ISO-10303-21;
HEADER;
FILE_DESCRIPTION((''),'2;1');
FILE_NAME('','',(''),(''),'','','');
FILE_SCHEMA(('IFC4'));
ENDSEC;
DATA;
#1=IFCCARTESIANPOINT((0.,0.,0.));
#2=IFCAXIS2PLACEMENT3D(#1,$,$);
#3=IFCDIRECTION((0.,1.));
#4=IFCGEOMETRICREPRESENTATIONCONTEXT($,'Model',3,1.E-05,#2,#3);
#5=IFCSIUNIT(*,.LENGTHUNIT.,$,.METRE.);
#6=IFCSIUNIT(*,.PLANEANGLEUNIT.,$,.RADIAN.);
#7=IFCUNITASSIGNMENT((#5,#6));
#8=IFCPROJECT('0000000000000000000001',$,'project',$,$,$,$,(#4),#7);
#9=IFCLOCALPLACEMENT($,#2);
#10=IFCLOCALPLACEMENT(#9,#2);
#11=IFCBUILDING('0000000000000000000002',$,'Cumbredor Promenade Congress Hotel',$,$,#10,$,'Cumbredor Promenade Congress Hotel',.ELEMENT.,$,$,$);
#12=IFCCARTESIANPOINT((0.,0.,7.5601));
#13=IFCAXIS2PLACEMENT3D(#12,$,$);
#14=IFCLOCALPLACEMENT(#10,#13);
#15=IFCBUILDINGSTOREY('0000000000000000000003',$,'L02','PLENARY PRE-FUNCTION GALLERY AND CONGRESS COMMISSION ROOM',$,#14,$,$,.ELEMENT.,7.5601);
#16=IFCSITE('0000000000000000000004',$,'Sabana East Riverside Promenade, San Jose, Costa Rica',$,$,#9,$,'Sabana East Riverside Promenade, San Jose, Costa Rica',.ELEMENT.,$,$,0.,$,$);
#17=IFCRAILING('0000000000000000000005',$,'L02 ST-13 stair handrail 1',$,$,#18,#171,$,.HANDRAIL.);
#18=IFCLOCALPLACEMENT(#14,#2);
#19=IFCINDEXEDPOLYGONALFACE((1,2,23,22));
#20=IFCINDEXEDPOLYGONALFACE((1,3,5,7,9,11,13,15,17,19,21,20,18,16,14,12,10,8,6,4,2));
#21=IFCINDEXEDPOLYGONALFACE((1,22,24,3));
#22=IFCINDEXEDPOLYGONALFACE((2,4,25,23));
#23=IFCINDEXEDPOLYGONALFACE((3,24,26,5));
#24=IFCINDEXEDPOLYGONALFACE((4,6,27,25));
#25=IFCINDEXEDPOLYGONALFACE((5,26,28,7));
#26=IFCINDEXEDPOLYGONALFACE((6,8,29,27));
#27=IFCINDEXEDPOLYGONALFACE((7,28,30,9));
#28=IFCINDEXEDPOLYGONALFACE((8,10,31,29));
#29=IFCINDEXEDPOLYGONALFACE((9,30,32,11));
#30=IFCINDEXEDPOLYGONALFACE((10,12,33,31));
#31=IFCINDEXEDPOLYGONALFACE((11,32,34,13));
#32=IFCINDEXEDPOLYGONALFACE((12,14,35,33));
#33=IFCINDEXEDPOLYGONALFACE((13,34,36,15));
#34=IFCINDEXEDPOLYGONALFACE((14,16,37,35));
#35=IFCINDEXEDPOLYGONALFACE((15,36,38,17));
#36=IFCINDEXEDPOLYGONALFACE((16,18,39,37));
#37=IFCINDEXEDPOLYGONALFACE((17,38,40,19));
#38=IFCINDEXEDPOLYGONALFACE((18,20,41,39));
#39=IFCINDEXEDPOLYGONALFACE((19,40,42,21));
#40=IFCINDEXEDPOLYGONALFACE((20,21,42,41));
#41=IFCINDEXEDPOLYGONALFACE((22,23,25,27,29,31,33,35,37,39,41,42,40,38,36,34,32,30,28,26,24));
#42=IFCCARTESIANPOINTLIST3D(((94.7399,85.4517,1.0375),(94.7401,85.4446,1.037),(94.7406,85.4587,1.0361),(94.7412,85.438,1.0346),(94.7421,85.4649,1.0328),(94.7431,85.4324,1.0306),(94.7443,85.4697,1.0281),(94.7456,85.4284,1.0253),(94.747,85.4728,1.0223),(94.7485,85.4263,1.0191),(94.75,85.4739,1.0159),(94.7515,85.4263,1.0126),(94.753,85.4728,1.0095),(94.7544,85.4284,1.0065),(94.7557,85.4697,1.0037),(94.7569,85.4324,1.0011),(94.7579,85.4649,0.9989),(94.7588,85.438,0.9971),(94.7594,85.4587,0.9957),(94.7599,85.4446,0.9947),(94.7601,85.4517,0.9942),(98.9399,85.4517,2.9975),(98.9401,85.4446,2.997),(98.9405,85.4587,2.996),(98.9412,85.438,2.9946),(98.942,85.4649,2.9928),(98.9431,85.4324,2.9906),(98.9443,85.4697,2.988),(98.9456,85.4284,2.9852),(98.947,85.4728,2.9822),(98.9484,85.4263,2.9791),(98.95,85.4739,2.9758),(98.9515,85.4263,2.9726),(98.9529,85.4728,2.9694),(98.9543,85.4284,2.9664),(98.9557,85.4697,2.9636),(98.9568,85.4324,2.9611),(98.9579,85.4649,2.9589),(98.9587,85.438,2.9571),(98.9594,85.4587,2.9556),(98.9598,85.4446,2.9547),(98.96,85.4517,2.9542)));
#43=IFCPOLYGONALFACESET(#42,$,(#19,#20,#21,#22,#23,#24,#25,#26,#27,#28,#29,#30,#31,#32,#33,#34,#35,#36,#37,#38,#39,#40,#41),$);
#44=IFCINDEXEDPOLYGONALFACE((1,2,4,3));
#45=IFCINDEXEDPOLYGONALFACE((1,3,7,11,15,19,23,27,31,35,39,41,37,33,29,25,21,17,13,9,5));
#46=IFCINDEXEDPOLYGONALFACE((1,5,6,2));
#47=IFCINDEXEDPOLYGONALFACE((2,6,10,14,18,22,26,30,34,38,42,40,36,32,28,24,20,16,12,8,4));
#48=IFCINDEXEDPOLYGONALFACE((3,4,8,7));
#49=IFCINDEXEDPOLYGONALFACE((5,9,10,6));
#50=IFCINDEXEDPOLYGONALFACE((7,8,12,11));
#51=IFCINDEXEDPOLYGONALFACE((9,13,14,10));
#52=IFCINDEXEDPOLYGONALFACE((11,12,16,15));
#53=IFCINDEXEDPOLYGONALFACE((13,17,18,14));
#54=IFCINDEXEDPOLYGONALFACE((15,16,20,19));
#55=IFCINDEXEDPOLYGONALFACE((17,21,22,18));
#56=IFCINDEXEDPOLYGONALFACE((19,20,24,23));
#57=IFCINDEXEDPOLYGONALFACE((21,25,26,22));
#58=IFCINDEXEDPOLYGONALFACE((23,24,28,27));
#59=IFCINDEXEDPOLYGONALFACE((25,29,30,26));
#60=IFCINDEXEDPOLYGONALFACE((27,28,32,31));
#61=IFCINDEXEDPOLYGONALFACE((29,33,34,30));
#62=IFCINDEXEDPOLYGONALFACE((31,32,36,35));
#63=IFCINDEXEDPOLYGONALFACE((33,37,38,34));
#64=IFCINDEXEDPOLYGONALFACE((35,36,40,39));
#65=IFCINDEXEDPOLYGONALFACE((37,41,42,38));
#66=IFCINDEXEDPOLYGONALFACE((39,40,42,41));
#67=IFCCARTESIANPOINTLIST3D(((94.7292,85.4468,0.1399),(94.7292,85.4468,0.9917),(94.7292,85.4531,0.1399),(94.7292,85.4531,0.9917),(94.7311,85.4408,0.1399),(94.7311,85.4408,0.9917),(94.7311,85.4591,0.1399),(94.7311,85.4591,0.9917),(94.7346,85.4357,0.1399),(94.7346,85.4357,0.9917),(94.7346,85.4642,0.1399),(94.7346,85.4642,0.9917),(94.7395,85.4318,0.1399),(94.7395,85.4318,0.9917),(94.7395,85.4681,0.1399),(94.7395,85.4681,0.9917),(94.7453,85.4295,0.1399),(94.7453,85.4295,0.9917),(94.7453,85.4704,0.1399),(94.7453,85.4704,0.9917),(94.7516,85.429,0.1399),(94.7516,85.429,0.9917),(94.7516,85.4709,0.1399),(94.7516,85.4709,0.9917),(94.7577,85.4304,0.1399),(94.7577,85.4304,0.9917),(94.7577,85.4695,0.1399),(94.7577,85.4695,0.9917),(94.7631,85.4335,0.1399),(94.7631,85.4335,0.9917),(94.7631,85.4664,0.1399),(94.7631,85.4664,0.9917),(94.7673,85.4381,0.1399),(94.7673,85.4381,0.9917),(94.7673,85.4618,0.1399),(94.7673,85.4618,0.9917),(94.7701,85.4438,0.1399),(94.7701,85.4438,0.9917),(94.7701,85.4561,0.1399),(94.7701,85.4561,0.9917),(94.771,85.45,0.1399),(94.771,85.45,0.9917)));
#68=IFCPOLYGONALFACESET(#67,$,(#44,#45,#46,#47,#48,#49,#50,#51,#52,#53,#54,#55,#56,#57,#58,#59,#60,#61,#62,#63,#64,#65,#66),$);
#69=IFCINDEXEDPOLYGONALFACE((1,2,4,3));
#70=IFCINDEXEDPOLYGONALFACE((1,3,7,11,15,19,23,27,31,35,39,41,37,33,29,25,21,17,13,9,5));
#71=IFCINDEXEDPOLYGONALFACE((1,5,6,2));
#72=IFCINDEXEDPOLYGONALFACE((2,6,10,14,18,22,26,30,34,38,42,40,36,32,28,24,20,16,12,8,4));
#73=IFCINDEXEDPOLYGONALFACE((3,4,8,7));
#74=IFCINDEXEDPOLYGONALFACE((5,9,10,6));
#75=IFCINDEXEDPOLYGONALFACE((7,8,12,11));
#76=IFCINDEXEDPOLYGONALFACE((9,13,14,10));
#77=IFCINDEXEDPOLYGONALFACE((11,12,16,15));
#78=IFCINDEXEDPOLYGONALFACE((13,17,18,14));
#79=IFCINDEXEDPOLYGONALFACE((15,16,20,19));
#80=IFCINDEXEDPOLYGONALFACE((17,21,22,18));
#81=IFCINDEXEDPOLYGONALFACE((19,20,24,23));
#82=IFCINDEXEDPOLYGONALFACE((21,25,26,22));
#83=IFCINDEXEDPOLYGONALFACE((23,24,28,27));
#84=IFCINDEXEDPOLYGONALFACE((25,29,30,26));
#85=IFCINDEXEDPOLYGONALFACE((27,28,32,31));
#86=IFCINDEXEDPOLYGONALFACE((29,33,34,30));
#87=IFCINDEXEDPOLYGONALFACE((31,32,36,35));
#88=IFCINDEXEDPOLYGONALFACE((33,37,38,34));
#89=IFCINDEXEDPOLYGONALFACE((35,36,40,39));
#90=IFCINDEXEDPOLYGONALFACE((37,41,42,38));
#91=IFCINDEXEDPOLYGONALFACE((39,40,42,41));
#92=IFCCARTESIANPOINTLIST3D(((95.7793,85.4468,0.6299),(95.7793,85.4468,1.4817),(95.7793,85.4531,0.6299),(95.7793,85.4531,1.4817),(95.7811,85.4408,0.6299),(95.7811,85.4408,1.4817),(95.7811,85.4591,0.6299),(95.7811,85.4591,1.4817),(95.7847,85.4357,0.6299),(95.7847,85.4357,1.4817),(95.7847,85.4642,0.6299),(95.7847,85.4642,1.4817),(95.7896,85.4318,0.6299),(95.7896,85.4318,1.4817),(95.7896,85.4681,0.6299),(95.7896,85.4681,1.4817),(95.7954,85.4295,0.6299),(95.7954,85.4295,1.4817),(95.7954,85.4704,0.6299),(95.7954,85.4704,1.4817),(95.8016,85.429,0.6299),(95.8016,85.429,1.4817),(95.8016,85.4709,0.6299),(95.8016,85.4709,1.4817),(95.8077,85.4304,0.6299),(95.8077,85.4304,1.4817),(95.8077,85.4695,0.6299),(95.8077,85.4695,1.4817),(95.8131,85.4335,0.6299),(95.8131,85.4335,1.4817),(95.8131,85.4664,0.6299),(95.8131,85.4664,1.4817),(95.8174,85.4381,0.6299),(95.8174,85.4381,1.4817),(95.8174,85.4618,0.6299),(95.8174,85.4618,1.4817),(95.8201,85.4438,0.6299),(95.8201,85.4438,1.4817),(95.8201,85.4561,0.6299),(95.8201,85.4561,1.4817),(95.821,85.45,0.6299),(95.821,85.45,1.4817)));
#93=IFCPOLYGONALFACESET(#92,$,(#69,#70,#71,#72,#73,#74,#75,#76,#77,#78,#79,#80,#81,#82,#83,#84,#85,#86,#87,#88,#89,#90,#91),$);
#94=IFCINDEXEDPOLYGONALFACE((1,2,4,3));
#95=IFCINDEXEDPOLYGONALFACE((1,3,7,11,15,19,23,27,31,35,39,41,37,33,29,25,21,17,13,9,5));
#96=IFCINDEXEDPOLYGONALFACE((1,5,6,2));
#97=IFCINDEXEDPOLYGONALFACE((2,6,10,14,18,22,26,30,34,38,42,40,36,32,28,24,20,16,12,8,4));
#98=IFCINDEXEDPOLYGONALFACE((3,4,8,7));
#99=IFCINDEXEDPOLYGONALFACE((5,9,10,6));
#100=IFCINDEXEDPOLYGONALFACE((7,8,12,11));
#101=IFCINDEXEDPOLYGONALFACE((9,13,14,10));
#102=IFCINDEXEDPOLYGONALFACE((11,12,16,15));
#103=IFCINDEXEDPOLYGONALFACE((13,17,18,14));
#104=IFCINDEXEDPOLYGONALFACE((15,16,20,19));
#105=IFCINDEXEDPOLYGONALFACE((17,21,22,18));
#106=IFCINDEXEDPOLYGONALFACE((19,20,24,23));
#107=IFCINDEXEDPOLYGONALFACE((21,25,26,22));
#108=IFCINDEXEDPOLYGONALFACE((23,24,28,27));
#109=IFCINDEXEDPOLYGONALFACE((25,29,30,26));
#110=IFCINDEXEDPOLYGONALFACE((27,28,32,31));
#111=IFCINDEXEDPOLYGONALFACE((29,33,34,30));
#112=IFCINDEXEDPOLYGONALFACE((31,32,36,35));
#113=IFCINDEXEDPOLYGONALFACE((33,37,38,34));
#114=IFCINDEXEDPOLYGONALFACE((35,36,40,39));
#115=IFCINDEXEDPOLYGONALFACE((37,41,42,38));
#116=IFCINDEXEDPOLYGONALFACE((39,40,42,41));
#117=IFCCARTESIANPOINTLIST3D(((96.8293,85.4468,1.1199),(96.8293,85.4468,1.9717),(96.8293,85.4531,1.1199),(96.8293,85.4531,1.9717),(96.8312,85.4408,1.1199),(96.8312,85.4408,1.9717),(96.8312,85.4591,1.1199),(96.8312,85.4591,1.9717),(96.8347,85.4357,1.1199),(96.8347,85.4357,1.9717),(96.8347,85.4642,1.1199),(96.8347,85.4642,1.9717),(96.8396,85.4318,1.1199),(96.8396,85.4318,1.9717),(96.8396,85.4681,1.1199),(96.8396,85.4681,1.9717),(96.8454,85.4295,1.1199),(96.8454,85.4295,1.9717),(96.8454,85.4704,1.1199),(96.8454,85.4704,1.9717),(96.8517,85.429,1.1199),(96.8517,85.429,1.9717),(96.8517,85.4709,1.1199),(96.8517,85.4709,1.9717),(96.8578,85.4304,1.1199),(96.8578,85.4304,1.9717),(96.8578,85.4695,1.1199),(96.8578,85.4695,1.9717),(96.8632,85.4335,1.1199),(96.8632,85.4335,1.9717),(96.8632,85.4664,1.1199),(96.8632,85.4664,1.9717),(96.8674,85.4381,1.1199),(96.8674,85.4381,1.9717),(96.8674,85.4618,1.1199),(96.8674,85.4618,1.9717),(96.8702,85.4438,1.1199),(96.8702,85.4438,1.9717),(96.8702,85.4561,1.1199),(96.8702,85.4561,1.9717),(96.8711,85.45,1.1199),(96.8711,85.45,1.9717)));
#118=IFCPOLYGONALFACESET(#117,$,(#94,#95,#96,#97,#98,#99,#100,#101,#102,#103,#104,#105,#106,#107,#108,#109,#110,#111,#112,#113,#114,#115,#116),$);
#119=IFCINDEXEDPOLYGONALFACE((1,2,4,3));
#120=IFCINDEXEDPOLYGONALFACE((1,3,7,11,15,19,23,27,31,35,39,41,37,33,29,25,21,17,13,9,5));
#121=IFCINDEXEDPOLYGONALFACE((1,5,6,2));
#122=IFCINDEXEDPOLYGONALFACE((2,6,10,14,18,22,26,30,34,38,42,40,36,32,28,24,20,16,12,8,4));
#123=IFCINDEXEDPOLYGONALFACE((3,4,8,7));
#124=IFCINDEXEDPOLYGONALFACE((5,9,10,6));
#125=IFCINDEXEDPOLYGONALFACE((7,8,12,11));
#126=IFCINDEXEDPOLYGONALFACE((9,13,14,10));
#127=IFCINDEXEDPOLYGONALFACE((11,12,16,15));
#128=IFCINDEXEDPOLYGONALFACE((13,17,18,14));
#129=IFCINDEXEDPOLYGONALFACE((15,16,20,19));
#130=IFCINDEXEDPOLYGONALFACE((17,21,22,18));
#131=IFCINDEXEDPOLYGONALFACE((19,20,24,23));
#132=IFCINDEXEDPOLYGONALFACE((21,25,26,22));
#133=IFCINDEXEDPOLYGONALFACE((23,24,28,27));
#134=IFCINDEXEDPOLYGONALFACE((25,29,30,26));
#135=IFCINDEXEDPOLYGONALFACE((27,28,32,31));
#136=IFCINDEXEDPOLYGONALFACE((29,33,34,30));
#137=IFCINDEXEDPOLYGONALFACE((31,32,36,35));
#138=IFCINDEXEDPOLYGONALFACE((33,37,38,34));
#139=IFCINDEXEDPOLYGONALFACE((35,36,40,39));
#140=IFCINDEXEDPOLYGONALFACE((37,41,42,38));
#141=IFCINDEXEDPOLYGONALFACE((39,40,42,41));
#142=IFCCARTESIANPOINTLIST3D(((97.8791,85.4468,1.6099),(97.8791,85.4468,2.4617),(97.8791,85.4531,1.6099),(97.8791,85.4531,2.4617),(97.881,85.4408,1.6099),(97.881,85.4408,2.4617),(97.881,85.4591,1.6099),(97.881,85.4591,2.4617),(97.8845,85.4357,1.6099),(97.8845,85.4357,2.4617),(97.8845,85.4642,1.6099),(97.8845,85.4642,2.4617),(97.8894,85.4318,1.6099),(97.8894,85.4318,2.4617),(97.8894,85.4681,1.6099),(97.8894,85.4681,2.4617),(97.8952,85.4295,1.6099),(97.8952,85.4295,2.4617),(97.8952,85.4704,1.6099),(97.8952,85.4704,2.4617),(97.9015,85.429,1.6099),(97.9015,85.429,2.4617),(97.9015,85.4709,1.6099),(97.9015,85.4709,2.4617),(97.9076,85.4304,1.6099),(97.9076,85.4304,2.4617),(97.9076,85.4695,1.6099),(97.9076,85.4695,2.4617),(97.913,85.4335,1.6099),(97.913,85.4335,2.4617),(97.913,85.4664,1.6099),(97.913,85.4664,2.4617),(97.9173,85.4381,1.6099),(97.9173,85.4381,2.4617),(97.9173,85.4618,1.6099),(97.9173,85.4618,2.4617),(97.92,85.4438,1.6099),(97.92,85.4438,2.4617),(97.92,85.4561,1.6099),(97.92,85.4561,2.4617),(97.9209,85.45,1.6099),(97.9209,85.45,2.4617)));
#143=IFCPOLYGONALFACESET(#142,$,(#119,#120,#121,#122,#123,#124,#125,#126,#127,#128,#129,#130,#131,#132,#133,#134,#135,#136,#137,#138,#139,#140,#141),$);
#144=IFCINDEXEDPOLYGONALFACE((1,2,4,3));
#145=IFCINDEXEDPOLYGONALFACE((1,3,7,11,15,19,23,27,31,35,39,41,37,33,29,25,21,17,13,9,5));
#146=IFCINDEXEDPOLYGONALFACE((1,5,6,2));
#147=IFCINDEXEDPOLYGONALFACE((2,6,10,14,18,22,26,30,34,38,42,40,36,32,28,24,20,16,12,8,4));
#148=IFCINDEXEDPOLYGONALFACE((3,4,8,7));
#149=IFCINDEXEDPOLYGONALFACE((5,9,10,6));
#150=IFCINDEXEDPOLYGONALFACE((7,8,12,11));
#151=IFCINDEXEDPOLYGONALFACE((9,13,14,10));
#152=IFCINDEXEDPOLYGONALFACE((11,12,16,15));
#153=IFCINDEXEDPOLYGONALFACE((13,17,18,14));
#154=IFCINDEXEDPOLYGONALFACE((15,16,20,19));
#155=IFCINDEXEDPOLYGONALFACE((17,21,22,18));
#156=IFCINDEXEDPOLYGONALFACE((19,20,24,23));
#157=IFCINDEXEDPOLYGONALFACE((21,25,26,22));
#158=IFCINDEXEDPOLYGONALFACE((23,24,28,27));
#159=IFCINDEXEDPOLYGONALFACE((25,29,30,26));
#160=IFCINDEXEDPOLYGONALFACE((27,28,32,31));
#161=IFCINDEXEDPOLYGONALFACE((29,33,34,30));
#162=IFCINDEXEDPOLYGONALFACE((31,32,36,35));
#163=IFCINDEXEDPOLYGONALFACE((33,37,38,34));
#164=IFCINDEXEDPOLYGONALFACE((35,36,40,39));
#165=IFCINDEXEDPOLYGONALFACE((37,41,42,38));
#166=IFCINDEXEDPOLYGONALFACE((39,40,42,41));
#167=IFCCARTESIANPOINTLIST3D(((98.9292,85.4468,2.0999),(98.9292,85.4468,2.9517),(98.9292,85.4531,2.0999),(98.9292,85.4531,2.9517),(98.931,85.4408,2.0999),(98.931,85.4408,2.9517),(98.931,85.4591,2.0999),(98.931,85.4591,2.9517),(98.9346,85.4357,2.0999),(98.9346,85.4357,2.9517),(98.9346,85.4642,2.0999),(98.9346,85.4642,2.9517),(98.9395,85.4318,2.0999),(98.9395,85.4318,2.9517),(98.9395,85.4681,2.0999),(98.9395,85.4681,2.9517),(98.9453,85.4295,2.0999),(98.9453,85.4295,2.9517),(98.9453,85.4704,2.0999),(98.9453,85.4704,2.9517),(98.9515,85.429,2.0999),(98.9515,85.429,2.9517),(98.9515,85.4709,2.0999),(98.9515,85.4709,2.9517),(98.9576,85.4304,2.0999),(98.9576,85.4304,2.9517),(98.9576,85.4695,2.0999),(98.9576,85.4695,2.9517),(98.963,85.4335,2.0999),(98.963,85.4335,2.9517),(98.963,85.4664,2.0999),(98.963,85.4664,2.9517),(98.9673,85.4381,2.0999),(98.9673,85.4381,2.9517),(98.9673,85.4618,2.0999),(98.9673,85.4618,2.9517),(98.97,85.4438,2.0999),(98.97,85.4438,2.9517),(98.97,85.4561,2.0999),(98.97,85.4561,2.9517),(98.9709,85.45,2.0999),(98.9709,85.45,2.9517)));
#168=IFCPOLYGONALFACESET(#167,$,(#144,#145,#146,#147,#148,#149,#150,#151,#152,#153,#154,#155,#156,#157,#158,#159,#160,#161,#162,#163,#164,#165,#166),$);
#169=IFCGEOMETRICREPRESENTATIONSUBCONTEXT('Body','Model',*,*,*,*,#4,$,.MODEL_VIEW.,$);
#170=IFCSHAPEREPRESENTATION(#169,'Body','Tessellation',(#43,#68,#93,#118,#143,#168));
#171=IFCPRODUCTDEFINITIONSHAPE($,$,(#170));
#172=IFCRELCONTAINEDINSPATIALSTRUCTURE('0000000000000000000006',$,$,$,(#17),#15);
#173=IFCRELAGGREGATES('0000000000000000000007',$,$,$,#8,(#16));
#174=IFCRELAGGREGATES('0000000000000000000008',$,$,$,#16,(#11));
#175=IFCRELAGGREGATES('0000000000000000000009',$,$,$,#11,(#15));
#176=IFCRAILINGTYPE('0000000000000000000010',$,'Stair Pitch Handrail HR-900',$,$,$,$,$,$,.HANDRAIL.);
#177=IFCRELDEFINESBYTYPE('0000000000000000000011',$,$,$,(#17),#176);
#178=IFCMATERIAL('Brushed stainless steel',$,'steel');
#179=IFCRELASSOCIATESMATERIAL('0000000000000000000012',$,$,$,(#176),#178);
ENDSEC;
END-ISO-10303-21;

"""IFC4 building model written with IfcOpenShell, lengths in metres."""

from ifc_helpers import new_model, si_unit, direction, frame, origin, origin_2d, place, context, subcontext, project, spatial, circle, extrude, material, type_object, element, save


model = new_model("IFC4")

# Units and contexts
model_context = context("Model", 3, precision=1e-05, world=origin(), true_north=direction((0.0, 1.0)))
body_context = subcontext(model_context, "Body", "Model", "MODEL_VIEW")
ifc_project = project(units=[si_unit("LENGTHUNIT", "METRE"), si_unit("PLANEANGLEUNIT", "RADIAN")], contexts=[model_context])

# Site, building, storey
site_placement = place(None, origin())
site = spatial("IfcSite", under=ifc_project, at=site_placement, Name="Sabana East Riverside Promenade, San Jose, Costa Rica", LongName="Sabana East Riverside Promenade, San Jose, Costa Rica", CompositionType="ELEMENT", RefElevation=0.0)
building_placement = place(site_placement, origin())
building = spatial("IfcBuilding", under=site, at=building_placement, Name="Cumbredor Promenade Congress Hotel", LongName="Cumbredor Promenade Congress Hotel", CompositionType="ELEMENT")
storey_placement = place(building_placement, frame((0.0, 0.0, 7.5601)))
storey = spatial("IfcBuildingStorey", under=building, at=storey_placement, Name="L02", Description="PLENARY PRE-FUNCTION GALLERY AND CONGRESS COMMISSION ROOM", CompositionType="ELEMENT", Elevation=7.5601)

# Railing
ifc_material_1 = material(Name="Brushed stainless steel", Category="steel")
railing_type_1 = type_object("IfcRailingType", Name="Stair Pitch Handrail HR-900", PredefinedType="HANDRAIL", material=ifc_material_1)
railing_1_placement = place(storey_placement, frame((94.75, 85.45, 0.1399)))
element("IfcRailing", 1, at=railing_1_placement, inside=storey, type_object=railing_type_1, Name="L02 ST-13 stair handrail 1", PredefinedType="HANDRAIL", context=body_context, shape_type="SweptSolid", body=[
    extrude(circle(Radius=0.0239, at=origin_2d()), frame((0.0, 0.0, 0.876), z_axis=(0.906184, 0.0, 0.422883), x_axis=(0.0, 1.0, 0.0)), (0.0, 0.0, 1.0), 4.6348),
    extrude(circle(Radius=0.021, at=origin_2d()), origin(), (0.0, 0.0, 1.0), 0.8518),
    extrude(circle(Radius=0.021, at=origin_2d()), frame((1.05, 0.0, 0.49)), (0.0, 0.0, 1.0), 0.8518),
    extrude(circle(Radius=0.021, at=origin_2d()), frame((2.1001, 0.0, 0.98)), (0.0, 0.0, 1.0), 0.8518),
    extrude(circle(Radius=0.021, at=origin_2d()), frame((3.1499, 0.0, 1.47)), (0.0, 0.0, 1.0), 0.8518),
    extrude(circle(Radius=0.021, at=origin_2d()), frame((4.2, 0.0, 1.96)), (0.0, 0.0, 1.0), 0.8518),
])

save(model, "model.ifc")
